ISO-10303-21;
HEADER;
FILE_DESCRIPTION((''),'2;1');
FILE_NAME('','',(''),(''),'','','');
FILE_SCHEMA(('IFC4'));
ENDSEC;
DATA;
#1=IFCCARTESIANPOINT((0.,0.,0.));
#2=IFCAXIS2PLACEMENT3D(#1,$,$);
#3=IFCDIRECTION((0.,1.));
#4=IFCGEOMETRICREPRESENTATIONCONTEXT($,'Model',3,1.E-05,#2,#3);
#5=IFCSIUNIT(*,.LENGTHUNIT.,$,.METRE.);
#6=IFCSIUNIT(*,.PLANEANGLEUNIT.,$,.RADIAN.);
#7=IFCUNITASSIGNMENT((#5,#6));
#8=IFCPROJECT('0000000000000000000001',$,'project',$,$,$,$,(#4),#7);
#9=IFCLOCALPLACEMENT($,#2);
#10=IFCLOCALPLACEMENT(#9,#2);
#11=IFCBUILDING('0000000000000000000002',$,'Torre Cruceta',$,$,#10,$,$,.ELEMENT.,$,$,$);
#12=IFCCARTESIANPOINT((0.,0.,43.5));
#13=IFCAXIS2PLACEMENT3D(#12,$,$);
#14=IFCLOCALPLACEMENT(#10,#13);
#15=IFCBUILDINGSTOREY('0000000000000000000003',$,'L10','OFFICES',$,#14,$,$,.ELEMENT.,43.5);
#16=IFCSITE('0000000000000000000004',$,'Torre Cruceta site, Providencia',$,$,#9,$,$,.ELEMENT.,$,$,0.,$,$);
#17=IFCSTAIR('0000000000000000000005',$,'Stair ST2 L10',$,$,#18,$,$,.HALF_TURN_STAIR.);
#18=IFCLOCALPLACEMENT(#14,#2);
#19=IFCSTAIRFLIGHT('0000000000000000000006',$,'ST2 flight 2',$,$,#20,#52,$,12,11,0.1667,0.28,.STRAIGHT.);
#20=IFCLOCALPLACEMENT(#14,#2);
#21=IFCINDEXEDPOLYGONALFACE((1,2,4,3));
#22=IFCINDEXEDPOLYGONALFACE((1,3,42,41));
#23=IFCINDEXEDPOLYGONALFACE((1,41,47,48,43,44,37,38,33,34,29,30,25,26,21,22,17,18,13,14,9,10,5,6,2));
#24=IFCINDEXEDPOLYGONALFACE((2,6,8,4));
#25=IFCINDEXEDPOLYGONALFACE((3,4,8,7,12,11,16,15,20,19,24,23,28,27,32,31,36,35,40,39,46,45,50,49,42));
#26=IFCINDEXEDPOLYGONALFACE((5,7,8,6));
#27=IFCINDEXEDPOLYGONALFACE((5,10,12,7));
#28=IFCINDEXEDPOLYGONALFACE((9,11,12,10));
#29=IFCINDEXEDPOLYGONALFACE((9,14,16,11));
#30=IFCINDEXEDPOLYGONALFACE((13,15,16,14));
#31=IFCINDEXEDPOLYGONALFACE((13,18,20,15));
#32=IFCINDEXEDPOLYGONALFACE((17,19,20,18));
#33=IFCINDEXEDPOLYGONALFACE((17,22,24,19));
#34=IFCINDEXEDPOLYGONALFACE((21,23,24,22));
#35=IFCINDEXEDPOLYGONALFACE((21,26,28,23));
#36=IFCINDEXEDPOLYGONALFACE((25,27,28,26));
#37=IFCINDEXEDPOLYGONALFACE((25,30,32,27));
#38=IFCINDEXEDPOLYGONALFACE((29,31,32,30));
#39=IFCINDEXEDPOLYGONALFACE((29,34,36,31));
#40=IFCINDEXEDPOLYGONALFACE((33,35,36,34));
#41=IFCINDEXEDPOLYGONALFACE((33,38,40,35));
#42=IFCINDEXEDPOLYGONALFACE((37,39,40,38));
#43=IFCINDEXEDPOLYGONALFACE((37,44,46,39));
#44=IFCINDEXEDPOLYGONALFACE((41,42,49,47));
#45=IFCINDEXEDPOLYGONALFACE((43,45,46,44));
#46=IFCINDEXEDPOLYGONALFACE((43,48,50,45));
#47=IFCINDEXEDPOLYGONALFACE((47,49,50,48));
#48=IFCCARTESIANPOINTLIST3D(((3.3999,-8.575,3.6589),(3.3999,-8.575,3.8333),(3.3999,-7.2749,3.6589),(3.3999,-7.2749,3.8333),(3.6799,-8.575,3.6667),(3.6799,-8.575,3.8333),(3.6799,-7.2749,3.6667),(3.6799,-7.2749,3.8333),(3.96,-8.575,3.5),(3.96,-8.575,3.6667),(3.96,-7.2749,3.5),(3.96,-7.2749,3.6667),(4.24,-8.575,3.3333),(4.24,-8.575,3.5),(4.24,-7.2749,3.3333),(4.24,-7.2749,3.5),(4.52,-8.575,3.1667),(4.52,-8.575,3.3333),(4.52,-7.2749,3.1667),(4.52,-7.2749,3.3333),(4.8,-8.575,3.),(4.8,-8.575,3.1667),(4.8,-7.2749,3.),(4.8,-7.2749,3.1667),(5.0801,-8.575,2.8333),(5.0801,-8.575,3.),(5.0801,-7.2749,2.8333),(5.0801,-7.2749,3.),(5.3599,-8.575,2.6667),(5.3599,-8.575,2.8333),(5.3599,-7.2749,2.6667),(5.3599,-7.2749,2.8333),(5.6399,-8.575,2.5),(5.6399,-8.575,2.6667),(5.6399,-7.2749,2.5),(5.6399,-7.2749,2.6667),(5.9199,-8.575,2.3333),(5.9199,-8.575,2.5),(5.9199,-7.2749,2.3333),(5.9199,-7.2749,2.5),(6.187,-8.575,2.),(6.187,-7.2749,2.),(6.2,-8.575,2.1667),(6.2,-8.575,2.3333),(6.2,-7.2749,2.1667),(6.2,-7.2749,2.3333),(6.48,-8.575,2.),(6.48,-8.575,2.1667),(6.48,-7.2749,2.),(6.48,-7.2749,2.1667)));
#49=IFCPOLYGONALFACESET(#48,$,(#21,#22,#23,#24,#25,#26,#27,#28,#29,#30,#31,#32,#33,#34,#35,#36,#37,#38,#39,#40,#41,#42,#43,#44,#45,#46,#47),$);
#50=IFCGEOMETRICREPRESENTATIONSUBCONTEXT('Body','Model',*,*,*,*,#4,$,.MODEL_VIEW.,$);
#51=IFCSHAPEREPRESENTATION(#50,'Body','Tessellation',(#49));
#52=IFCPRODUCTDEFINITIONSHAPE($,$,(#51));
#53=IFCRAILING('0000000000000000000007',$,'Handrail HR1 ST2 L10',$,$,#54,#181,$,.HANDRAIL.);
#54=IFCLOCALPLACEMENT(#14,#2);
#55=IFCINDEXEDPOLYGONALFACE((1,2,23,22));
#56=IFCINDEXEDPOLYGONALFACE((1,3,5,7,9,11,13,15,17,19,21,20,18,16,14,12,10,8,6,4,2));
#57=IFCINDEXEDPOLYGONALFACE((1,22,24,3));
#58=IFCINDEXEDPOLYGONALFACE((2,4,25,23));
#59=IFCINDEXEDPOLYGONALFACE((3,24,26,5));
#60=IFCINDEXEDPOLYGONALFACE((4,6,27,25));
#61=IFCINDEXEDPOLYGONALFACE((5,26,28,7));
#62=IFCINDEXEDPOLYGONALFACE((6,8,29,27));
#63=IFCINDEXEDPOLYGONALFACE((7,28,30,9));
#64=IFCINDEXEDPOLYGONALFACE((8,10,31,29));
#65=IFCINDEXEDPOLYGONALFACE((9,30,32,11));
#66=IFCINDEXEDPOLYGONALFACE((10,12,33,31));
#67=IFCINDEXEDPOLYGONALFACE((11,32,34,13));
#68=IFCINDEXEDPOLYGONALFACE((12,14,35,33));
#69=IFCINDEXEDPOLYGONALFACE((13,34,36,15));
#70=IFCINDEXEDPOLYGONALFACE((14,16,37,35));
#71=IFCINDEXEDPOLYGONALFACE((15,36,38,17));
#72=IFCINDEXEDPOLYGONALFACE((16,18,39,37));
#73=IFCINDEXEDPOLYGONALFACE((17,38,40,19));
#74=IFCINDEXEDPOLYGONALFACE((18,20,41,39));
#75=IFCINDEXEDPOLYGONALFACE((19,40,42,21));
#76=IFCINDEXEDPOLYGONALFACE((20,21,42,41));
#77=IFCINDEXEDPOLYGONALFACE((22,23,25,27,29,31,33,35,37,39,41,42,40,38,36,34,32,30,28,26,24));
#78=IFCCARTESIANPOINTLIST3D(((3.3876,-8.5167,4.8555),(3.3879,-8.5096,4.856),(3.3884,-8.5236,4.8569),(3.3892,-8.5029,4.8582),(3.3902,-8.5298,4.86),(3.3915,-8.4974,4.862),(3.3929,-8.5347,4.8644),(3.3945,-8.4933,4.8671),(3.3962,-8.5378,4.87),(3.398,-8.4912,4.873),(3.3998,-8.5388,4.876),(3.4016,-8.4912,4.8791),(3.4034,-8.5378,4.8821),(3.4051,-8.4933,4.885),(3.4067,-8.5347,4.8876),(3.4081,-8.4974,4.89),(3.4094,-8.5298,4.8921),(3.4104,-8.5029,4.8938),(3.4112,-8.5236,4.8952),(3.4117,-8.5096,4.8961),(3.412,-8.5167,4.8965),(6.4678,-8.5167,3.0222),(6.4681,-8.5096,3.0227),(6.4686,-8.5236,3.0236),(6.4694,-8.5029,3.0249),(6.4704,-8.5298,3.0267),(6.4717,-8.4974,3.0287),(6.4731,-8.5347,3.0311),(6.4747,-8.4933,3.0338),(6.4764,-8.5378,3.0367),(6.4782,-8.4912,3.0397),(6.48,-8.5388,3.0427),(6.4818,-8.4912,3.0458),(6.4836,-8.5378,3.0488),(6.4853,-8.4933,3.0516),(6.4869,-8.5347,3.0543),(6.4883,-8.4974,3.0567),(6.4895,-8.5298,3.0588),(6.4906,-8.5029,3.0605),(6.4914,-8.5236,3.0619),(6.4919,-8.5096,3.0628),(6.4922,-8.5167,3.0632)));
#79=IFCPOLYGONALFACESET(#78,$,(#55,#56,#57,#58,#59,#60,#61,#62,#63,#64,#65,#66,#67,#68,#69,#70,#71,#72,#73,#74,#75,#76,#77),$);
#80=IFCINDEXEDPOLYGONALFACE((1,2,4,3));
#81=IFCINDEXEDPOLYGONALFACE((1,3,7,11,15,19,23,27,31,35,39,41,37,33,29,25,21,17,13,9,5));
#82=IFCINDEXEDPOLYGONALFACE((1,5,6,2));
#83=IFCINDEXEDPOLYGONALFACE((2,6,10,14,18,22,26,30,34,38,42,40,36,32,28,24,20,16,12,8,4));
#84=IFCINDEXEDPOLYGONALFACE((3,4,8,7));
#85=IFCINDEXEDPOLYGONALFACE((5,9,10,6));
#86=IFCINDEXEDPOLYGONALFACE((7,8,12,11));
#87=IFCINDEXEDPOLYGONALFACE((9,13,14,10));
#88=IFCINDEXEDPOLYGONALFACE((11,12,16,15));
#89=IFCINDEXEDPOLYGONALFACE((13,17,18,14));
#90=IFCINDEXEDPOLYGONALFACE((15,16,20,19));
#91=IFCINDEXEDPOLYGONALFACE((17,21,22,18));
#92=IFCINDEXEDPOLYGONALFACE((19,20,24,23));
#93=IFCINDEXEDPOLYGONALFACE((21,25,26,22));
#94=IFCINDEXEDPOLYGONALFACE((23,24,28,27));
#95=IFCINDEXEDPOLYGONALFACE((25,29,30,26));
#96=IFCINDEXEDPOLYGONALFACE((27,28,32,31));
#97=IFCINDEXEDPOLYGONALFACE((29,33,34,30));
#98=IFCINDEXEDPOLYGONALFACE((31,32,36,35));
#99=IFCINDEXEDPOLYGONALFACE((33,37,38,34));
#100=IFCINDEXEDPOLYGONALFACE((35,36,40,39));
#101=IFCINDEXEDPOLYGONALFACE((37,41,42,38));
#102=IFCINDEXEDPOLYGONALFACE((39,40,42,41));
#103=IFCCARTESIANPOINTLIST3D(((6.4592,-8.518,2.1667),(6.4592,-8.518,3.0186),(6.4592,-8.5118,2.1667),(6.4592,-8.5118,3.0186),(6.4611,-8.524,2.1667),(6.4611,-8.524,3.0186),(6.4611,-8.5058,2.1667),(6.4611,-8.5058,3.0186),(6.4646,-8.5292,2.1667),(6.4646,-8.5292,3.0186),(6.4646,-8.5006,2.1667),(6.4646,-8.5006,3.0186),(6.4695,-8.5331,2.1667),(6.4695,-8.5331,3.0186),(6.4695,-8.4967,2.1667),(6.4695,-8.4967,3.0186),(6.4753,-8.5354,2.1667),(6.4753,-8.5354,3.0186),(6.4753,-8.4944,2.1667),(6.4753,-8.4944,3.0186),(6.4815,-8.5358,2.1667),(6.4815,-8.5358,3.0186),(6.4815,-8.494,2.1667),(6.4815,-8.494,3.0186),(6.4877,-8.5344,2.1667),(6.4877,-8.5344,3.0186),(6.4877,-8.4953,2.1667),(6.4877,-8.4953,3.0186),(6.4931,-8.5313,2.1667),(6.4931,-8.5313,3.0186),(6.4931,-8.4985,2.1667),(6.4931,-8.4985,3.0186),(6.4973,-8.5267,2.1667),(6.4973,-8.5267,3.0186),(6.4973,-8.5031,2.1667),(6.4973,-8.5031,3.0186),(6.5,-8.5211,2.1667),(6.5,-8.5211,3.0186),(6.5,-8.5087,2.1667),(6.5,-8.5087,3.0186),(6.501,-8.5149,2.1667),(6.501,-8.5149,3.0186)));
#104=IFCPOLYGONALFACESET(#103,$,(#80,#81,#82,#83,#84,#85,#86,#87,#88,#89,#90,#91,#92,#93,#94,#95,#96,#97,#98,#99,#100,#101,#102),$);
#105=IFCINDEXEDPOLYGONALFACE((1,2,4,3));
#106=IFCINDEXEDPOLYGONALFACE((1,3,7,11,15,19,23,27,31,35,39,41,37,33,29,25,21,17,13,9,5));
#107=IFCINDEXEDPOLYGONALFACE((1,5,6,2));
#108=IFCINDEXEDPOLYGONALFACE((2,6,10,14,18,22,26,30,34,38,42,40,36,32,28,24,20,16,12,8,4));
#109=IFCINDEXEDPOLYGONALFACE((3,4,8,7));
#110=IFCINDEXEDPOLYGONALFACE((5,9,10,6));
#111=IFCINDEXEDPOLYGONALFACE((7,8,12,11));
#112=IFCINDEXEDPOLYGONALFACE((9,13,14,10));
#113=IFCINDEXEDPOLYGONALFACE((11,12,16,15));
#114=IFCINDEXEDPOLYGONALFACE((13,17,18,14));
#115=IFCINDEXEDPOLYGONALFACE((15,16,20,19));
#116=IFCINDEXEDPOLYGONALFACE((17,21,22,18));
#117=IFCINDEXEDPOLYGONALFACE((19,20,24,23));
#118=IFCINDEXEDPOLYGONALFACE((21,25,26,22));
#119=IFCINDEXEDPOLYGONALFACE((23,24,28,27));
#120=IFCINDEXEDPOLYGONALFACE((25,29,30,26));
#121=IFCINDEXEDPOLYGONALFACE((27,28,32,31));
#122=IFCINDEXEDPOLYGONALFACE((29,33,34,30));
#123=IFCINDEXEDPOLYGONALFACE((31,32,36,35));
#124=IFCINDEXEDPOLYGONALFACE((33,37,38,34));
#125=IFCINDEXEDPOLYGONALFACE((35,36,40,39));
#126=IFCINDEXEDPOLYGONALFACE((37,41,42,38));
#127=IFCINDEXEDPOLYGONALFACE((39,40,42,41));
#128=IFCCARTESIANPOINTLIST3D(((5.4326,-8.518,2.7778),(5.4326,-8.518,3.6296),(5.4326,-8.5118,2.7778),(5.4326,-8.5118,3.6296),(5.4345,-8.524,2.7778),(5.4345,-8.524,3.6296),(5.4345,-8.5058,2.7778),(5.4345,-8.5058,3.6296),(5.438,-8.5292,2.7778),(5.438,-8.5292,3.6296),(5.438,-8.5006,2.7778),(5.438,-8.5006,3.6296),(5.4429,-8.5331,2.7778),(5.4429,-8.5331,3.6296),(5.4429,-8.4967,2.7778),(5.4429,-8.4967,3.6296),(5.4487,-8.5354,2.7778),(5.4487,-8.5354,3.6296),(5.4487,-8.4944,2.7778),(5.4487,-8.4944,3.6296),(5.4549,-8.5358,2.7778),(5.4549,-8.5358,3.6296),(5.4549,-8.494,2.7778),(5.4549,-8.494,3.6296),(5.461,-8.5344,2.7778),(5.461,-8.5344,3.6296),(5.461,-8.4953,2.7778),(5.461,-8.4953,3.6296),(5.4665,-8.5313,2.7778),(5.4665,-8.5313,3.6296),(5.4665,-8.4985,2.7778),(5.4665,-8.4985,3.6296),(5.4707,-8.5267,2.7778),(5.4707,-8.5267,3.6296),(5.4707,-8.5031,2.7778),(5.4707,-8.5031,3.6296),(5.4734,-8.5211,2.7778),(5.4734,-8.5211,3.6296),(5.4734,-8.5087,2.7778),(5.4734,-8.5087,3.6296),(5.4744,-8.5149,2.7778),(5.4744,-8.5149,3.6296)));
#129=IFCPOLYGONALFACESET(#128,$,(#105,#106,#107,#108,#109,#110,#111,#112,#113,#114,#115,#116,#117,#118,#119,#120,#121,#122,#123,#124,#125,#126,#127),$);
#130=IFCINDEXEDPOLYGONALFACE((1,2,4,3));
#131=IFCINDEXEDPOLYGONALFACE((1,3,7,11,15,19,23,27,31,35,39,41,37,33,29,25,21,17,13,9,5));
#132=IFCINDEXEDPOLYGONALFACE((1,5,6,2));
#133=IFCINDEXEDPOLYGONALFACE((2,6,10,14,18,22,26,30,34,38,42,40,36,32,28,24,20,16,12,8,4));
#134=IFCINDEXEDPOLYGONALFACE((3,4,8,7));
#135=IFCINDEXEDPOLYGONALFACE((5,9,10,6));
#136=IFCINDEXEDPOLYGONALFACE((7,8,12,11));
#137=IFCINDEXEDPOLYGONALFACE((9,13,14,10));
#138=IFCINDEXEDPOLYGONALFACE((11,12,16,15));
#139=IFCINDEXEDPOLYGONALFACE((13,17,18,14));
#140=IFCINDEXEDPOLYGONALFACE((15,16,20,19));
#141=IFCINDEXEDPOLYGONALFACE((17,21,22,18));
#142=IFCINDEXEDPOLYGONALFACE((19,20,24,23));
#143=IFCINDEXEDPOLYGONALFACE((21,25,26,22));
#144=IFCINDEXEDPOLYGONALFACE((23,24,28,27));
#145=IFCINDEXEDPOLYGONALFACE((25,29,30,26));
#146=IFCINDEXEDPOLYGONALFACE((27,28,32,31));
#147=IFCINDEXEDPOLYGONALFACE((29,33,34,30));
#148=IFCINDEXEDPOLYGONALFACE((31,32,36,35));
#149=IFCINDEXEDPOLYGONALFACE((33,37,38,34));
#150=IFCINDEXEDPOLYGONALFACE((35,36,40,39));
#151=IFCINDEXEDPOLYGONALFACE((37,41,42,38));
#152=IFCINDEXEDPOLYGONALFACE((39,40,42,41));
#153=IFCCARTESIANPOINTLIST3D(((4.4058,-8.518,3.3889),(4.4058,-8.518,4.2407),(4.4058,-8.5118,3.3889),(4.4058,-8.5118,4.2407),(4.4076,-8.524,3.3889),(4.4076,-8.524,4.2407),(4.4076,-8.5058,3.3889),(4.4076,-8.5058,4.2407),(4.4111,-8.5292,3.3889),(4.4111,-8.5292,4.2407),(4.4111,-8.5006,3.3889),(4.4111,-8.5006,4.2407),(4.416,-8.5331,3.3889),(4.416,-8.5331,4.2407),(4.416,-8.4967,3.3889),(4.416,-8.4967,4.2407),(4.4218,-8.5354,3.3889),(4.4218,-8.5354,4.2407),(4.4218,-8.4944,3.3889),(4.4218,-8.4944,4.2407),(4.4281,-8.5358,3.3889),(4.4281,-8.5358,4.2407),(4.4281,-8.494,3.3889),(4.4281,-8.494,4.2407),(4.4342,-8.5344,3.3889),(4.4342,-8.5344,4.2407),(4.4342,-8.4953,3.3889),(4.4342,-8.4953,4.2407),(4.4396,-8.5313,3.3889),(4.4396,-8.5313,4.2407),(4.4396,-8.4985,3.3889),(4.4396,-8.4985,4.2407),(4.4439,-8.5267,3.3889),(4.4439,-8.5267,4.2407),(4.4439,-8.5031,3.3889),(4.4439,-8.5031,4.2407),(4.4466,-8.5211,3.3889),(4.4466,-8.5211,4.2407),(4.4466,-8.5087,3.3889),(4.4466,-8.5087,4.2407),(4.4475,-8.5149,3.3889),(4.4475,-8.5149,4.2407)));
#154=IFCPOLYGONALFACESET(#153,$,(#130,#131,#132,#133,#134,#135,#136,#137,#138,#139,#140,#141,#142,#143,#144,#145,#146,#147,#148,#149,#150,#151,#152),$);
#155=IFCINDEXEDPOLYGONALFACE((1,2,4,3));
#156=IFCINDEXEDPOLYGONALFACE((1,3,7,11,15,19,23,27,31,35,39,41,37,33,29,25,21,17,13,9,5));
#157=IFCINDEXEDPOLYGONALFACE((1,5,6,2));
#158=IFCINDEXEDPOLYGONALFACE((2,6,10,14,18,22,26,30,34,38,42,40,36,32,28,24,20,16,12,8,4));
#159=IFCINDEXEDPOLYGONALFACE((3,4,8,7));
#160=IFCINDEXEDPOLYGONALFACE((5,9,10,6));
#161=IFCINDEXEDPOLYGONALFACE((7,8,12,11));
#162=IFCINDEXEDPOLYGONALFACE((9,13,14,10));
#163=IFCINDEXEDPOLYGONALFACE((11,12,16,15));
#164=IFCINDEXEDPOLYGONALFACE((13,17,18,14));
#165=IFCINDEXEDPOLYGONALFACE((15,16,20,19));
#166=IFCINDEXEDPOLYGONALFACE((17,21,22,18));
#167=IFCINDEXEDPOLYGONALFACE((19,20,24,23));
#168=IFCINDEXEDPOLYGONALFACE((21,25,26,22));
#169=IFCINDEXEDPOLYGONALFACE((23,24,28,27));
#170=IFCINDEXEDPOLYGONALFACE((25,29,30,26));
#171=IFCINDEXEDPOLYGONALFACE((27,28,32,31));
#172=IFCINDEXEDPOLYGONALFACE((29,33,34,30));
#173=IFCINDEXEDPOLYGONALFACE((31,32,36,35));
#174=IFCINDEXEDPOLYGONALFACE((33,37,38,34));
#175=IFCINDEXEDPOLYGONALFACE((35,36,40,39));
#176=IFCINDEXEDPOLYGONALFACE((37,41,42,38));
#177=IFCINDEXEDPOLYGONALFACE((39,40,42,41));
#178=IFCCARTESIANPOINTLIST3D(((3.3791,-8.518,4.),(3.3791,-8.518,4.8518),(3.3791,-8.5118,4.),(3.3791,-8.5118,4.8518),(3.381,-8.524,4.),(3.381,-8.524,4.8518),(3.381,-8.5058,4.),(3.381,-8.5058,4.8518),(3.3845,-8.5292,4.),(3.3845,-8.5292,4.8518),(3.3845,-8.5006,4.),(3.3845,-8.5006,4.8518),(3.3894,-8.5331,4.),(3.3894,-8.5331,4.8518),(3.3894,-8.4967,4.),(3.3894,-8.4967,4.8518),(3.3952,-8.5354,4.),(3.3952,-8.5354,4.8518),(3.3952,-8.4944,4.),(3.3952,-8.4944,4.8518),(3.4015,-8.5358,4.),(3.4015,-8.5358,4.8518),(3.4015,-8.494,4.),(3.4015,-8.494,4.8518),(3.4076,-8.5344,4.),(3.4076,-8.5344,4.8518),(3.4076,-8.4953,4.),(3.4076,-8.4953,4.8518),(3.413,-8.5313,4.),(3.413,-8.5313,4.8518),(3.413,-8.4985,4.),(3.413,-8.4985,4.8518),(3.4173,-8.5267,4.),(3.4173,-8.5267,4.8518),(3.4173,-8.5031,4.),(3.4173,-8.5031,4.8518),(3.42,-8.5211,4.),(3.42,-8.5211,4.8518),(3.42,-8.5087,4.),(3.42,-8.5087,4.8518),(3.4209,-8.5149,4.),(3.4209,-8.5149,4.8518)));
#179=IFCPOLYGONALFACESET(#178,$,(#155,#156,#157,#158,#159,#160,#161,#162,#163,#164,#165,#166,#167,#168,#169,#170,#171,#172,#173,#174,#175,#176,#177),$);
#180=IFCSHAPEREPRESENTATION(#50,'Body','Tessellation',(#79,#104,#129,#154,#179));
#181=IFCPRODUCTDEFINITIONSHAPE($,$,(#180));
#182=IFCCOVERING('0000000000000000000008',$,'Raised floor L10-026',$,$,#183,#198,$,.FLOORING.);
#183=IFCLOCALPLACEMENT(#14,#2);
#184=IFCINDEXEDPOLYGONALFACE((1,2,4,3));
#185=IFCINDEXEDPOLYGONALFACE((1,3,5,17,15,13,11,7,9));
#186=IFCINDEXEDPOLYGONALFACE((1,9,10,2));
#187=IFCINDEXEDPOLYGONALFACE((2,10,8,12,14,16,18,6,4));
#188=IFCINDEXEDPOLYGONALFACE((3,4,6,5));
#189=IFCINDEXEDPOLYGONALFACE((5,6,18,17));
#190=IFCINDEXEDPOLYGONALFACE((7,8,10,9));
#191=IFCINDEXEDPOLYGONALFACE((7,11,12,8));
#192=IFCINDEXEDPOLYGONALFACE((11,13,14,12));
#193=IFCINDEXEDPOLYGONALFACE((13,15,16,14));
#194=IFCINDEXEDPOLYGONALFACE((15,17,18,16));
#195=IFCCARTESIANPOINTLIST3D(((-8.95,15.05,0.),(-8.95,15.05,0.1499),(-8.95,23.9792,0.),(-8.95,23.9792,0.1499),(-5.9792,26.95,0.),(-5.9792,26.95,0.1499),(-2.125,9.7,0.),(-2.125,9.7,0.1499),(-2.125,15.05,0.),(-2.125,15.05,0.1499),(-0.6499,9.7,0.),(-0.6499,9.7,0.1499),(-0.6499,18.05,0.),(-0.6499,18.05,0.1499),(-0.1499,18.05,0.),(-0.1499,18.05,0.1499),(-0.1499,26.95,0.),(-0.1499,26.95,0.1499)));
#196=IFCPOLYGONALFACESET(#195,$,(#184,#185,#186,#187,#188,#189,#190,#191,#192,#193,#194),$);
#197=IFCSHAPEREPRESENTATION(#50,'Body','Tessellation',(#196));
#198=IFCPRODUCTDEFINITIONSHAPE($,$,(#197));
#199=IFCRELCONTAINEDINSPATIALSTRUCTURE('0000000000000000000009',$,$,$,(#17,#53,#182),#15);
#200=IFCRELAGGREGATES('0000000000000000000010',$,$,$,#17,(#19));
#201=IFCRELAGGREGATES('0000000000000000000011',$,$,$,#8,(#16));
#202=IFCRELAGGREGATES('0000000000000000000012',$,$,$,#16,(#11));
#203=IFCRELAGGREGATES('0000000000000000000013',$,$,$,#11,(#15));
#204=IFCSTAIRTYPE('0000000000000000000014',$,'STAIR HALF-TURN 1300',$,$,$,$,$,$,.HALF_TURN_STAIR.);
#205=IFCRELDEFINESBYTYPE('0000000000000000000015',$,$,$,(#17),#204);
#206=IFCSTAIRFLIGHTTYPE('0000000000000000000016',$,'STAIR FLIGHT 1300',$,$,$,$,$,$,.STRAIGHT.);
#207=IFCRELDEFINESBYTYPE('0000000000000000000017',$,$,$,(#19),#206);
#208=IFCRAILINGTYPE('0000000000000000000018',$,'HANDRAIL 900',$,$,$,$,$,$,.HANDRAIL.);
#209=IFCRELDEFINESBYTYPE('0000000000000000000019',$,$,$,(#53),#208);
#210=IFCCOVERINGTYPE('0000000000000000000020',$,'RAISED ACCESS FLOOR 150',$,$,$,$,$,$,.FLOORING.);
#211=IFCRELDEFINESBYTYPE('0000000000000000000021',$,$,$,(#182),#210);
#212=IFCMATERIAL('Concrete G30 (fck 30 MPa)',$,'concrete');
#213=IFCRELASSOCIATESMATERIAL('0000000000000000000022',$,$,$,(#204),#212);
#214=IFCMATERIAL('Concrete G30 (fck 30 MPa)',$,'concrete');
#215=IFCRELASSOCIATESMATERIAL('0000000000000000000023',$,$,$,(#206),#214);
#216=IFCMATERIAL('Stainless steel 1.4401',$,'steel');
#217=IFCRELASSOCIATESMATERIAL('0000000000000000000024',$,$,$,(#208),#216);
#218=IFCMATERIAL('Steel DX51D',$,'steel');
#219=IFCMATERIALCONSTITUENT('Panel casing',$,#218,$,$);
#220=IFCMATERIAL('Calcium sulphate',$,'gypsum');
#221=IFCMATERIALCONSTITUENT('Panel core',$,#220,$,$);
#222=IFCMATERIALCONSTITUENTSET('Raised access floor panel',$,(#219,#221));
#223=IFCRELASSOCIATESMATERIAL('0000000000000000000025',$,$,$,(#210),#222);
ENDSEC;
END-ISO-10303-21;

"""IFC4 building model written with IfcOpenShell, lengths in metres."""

from ifc_helpers import new_model, si_unit, direction, frame, origin, origin_2d, place, context, subcontext, project, spatial, polyline, circle, outline, extrude, material, constituent, constituent_set, type_object, element, aggregate, save


model = new_model("IFC4")

# Units and contexts
model_context = context("Model", 3, precision=1e-05, world=origin(), true_north=direction((0.0, 1.0)))
body_context = subcontext(model_context, "Body", "Model", "MODEL_VIEW")
ifc_project = project(units=[si_unit("LENGTHUNIT", "METRE"), si_unit("PLANEANGLEUNIT", "RADIAN")], contexts=[model_context])

# Site, building, storey
site_placement = place(None, origin())
site = spatial("IfcSite", under=ifc_project, at=site_placement, Name="Torre Cruceta site, Providencia", CompositionType="ELEMENT", RefElevation=0.0)
building_placement = place(site_placement, origin())
building = spatial("IfcBuilding", under=site, at=building_placement, Name="Torre Cruceta", CompositionType="ELEMENT")
storey_placement = place(building_placement, frame((0.0, 0.0, 43.5)))
storey = spatial("IfcBuildingStorey", under=building, at=storey_placement, Name="L10", Description="OFFICES", CompositionType="ELEMENT", Elevation=43.5)

# Stair
ifc_material_1 = material(Name="Concrete G30 (fck 30 MPa)", Category="concrete")
stair_type = type_object("IfcStairType", Name="STAIR HALF-TURN 1300", PredefinedType="HALF_TURN_STAIR", material=ifc_material_1)
stair_1_placement = place(storey_placement, origin())
stair_1 = element("IfcStair", 1, at=stair_1_placement, inside=storey, type_object=stair_type, Name="Stair ST2 L10", PredefinedType="HALF_TURN_STAIR")

# Stair flight
ifc_material_2 = material(Name="Concrete G30 (fck 30 MPa)", Category="concrete")
stair_flight_type = type_object("IfcStairFlightType", Name="STAIR FLIGHT 1300", PredefinedType="STRAIGHT", material=ifc_material_2)
stair_flight_1_placement = place(storey_placement, frame((6.48, -7.925, 2.0), z_axis=(0.0, 0.0, 1.0), x_axis=(-1.0, 0.0, 0.0)))
stair_flight_1 = element("IfcStairFlight", 2, at=stair_flight_1_placement, type_object=stair_flight_type, Name="ST2 flight 2", NumberOfRisers=12, NumberOfTreads=11, PredefinedType="STRAIGHT", RiserHeight=0.1667, TreadLength=0.28, context=body_context, shape_type="SweptSolid", body=[
    extrude(outline(polyline([(0.0, 0.0), (0.0, 0.1667), (0.28, 0.1667), (0.28, 0.3333), (0.5601, 0.3333), (0.5601, 0.5), (0.8401, 0.5), (0.8401, 0.6667), (1.1201, 0.6667), (1.1201, 0.8333), (1.3999, 0.8333), (1.3999, 1.0), (1.6799, 1.0), (1.6799, 1.1667), (1.96, 1.1667), (1.96, 1.3333), (2.24, 1.3333), (2.24, 1.5), (2.52, 1.5), (2.52, 1.6667), (2.8, 1.6667), (2.8, 1.8333), (3.0801, 1.8333), (3.0801, 2.0), (3.0801, 1.6589), (0.293, 0.0), (0.0, 0.0)])), frame((0.0, 0.6499, 0.0), z_axis=(0.0, -1.0, 0.0), x_axis=(1.0, 0.0, 0.0)), (0.0, 0.0, 1.0), 1.3),
])
aggregate(stair_1, [stair_flight_1])

# Railing
ifc_material_3 = material(Name="Stainless steel 1.4401", Category="steel")
railing_type = type_object("IfcRailingType", Name="HANDRAIL 900", PredefinedType="HANDRAIL", material=ifc_material_3)
railing_1_placement = place(storey_placement, frame((6.48, -8.5149, 2.1667)))
element("IfcRailing", 3, at=railing_1_placement, inside=storey, type_object=railing_type, Name="Handrail HR1 ST2 L10", PredefinedType="HANDRAIL", context=body_context, shape_type="SweptSolid", body=[
    extrude(circle(Radius=0.0239, at=origin_2d()), frame((0.0, 0.0, 0.876), z_axis=(-0.859309, 0.0, 0.511458), x_axis=(0.0, -1.0, 0.0)), (0.0, 0.0, 1.0), 3.5845),
    extrude(circle(Radius=0.021, at=origin_2d()), origin(), (0.0, 0.0, 1.0), 0.8518),
    extrude(circle(Radius=0.021, at=origin_2d()), frame((-1.0266, 0.0, 0.6111)), (0.0, 0.0, 1.0), 0.8518),
    extrude(circle(Radius=0.021, at=origin_2d()), frame((-2.0535, 0.0, 1.2222)), (0.0, 0.0, 1.0), 0.8518),
    extrude(circle(Radius=0.021, at=origin_2d()), frame((-3.0801, 0.0, 1.8333)), (0.0, 0.0, 1.0), 0.8518),
])

# Covering
ifc_material_4 = material(Name="Steel DX51D", Category="steel")
ifc_constituent_1 = constituent(ifc_material_4, Name="Panel casing")
ifc_material_5 = material(Name="Calcium sulphate", Category="gypsum")
ifc_constituent_2 = constituent(ifc_material_5, Name="Panel core")
ifc_constituent_set_1 = constituent_set(constituents=[ifc_constituent_1, ifc_constituent_2], Name="Raised access floor panel")
covering_type_1 = type_object("IfcCoveringType", Name="RAISED ACCESS FLOOR 150", PredefinedType="FLOORING", material=ifc_constituent_set_1)
covering_1_placement = place(storey_placement, origin())
element("IfcCovering", 4, at=covering_1_placement, inside=storey, type_object=covering_type_1, Name="Raised floor L10-026", PredefinedType="FLOORING", context=body_context, shape_type="SweptSolid", body=[
    extrude(outline(polyline([(-5.9792, 26.95), (-0.1499, 26.95), (-0.1499, 18.05), (-0.6499, 18.05), (-0.6499, 9.7), (-2.125, 9.7), (-2.125, 15.05), (-8.95, 15.05), (-8.95, 23.9792), (-5.9792, 26.95)])), origin(), (0.0, 0.0, 1.0), 0.1499),
])

save(model, "model.ifc")
